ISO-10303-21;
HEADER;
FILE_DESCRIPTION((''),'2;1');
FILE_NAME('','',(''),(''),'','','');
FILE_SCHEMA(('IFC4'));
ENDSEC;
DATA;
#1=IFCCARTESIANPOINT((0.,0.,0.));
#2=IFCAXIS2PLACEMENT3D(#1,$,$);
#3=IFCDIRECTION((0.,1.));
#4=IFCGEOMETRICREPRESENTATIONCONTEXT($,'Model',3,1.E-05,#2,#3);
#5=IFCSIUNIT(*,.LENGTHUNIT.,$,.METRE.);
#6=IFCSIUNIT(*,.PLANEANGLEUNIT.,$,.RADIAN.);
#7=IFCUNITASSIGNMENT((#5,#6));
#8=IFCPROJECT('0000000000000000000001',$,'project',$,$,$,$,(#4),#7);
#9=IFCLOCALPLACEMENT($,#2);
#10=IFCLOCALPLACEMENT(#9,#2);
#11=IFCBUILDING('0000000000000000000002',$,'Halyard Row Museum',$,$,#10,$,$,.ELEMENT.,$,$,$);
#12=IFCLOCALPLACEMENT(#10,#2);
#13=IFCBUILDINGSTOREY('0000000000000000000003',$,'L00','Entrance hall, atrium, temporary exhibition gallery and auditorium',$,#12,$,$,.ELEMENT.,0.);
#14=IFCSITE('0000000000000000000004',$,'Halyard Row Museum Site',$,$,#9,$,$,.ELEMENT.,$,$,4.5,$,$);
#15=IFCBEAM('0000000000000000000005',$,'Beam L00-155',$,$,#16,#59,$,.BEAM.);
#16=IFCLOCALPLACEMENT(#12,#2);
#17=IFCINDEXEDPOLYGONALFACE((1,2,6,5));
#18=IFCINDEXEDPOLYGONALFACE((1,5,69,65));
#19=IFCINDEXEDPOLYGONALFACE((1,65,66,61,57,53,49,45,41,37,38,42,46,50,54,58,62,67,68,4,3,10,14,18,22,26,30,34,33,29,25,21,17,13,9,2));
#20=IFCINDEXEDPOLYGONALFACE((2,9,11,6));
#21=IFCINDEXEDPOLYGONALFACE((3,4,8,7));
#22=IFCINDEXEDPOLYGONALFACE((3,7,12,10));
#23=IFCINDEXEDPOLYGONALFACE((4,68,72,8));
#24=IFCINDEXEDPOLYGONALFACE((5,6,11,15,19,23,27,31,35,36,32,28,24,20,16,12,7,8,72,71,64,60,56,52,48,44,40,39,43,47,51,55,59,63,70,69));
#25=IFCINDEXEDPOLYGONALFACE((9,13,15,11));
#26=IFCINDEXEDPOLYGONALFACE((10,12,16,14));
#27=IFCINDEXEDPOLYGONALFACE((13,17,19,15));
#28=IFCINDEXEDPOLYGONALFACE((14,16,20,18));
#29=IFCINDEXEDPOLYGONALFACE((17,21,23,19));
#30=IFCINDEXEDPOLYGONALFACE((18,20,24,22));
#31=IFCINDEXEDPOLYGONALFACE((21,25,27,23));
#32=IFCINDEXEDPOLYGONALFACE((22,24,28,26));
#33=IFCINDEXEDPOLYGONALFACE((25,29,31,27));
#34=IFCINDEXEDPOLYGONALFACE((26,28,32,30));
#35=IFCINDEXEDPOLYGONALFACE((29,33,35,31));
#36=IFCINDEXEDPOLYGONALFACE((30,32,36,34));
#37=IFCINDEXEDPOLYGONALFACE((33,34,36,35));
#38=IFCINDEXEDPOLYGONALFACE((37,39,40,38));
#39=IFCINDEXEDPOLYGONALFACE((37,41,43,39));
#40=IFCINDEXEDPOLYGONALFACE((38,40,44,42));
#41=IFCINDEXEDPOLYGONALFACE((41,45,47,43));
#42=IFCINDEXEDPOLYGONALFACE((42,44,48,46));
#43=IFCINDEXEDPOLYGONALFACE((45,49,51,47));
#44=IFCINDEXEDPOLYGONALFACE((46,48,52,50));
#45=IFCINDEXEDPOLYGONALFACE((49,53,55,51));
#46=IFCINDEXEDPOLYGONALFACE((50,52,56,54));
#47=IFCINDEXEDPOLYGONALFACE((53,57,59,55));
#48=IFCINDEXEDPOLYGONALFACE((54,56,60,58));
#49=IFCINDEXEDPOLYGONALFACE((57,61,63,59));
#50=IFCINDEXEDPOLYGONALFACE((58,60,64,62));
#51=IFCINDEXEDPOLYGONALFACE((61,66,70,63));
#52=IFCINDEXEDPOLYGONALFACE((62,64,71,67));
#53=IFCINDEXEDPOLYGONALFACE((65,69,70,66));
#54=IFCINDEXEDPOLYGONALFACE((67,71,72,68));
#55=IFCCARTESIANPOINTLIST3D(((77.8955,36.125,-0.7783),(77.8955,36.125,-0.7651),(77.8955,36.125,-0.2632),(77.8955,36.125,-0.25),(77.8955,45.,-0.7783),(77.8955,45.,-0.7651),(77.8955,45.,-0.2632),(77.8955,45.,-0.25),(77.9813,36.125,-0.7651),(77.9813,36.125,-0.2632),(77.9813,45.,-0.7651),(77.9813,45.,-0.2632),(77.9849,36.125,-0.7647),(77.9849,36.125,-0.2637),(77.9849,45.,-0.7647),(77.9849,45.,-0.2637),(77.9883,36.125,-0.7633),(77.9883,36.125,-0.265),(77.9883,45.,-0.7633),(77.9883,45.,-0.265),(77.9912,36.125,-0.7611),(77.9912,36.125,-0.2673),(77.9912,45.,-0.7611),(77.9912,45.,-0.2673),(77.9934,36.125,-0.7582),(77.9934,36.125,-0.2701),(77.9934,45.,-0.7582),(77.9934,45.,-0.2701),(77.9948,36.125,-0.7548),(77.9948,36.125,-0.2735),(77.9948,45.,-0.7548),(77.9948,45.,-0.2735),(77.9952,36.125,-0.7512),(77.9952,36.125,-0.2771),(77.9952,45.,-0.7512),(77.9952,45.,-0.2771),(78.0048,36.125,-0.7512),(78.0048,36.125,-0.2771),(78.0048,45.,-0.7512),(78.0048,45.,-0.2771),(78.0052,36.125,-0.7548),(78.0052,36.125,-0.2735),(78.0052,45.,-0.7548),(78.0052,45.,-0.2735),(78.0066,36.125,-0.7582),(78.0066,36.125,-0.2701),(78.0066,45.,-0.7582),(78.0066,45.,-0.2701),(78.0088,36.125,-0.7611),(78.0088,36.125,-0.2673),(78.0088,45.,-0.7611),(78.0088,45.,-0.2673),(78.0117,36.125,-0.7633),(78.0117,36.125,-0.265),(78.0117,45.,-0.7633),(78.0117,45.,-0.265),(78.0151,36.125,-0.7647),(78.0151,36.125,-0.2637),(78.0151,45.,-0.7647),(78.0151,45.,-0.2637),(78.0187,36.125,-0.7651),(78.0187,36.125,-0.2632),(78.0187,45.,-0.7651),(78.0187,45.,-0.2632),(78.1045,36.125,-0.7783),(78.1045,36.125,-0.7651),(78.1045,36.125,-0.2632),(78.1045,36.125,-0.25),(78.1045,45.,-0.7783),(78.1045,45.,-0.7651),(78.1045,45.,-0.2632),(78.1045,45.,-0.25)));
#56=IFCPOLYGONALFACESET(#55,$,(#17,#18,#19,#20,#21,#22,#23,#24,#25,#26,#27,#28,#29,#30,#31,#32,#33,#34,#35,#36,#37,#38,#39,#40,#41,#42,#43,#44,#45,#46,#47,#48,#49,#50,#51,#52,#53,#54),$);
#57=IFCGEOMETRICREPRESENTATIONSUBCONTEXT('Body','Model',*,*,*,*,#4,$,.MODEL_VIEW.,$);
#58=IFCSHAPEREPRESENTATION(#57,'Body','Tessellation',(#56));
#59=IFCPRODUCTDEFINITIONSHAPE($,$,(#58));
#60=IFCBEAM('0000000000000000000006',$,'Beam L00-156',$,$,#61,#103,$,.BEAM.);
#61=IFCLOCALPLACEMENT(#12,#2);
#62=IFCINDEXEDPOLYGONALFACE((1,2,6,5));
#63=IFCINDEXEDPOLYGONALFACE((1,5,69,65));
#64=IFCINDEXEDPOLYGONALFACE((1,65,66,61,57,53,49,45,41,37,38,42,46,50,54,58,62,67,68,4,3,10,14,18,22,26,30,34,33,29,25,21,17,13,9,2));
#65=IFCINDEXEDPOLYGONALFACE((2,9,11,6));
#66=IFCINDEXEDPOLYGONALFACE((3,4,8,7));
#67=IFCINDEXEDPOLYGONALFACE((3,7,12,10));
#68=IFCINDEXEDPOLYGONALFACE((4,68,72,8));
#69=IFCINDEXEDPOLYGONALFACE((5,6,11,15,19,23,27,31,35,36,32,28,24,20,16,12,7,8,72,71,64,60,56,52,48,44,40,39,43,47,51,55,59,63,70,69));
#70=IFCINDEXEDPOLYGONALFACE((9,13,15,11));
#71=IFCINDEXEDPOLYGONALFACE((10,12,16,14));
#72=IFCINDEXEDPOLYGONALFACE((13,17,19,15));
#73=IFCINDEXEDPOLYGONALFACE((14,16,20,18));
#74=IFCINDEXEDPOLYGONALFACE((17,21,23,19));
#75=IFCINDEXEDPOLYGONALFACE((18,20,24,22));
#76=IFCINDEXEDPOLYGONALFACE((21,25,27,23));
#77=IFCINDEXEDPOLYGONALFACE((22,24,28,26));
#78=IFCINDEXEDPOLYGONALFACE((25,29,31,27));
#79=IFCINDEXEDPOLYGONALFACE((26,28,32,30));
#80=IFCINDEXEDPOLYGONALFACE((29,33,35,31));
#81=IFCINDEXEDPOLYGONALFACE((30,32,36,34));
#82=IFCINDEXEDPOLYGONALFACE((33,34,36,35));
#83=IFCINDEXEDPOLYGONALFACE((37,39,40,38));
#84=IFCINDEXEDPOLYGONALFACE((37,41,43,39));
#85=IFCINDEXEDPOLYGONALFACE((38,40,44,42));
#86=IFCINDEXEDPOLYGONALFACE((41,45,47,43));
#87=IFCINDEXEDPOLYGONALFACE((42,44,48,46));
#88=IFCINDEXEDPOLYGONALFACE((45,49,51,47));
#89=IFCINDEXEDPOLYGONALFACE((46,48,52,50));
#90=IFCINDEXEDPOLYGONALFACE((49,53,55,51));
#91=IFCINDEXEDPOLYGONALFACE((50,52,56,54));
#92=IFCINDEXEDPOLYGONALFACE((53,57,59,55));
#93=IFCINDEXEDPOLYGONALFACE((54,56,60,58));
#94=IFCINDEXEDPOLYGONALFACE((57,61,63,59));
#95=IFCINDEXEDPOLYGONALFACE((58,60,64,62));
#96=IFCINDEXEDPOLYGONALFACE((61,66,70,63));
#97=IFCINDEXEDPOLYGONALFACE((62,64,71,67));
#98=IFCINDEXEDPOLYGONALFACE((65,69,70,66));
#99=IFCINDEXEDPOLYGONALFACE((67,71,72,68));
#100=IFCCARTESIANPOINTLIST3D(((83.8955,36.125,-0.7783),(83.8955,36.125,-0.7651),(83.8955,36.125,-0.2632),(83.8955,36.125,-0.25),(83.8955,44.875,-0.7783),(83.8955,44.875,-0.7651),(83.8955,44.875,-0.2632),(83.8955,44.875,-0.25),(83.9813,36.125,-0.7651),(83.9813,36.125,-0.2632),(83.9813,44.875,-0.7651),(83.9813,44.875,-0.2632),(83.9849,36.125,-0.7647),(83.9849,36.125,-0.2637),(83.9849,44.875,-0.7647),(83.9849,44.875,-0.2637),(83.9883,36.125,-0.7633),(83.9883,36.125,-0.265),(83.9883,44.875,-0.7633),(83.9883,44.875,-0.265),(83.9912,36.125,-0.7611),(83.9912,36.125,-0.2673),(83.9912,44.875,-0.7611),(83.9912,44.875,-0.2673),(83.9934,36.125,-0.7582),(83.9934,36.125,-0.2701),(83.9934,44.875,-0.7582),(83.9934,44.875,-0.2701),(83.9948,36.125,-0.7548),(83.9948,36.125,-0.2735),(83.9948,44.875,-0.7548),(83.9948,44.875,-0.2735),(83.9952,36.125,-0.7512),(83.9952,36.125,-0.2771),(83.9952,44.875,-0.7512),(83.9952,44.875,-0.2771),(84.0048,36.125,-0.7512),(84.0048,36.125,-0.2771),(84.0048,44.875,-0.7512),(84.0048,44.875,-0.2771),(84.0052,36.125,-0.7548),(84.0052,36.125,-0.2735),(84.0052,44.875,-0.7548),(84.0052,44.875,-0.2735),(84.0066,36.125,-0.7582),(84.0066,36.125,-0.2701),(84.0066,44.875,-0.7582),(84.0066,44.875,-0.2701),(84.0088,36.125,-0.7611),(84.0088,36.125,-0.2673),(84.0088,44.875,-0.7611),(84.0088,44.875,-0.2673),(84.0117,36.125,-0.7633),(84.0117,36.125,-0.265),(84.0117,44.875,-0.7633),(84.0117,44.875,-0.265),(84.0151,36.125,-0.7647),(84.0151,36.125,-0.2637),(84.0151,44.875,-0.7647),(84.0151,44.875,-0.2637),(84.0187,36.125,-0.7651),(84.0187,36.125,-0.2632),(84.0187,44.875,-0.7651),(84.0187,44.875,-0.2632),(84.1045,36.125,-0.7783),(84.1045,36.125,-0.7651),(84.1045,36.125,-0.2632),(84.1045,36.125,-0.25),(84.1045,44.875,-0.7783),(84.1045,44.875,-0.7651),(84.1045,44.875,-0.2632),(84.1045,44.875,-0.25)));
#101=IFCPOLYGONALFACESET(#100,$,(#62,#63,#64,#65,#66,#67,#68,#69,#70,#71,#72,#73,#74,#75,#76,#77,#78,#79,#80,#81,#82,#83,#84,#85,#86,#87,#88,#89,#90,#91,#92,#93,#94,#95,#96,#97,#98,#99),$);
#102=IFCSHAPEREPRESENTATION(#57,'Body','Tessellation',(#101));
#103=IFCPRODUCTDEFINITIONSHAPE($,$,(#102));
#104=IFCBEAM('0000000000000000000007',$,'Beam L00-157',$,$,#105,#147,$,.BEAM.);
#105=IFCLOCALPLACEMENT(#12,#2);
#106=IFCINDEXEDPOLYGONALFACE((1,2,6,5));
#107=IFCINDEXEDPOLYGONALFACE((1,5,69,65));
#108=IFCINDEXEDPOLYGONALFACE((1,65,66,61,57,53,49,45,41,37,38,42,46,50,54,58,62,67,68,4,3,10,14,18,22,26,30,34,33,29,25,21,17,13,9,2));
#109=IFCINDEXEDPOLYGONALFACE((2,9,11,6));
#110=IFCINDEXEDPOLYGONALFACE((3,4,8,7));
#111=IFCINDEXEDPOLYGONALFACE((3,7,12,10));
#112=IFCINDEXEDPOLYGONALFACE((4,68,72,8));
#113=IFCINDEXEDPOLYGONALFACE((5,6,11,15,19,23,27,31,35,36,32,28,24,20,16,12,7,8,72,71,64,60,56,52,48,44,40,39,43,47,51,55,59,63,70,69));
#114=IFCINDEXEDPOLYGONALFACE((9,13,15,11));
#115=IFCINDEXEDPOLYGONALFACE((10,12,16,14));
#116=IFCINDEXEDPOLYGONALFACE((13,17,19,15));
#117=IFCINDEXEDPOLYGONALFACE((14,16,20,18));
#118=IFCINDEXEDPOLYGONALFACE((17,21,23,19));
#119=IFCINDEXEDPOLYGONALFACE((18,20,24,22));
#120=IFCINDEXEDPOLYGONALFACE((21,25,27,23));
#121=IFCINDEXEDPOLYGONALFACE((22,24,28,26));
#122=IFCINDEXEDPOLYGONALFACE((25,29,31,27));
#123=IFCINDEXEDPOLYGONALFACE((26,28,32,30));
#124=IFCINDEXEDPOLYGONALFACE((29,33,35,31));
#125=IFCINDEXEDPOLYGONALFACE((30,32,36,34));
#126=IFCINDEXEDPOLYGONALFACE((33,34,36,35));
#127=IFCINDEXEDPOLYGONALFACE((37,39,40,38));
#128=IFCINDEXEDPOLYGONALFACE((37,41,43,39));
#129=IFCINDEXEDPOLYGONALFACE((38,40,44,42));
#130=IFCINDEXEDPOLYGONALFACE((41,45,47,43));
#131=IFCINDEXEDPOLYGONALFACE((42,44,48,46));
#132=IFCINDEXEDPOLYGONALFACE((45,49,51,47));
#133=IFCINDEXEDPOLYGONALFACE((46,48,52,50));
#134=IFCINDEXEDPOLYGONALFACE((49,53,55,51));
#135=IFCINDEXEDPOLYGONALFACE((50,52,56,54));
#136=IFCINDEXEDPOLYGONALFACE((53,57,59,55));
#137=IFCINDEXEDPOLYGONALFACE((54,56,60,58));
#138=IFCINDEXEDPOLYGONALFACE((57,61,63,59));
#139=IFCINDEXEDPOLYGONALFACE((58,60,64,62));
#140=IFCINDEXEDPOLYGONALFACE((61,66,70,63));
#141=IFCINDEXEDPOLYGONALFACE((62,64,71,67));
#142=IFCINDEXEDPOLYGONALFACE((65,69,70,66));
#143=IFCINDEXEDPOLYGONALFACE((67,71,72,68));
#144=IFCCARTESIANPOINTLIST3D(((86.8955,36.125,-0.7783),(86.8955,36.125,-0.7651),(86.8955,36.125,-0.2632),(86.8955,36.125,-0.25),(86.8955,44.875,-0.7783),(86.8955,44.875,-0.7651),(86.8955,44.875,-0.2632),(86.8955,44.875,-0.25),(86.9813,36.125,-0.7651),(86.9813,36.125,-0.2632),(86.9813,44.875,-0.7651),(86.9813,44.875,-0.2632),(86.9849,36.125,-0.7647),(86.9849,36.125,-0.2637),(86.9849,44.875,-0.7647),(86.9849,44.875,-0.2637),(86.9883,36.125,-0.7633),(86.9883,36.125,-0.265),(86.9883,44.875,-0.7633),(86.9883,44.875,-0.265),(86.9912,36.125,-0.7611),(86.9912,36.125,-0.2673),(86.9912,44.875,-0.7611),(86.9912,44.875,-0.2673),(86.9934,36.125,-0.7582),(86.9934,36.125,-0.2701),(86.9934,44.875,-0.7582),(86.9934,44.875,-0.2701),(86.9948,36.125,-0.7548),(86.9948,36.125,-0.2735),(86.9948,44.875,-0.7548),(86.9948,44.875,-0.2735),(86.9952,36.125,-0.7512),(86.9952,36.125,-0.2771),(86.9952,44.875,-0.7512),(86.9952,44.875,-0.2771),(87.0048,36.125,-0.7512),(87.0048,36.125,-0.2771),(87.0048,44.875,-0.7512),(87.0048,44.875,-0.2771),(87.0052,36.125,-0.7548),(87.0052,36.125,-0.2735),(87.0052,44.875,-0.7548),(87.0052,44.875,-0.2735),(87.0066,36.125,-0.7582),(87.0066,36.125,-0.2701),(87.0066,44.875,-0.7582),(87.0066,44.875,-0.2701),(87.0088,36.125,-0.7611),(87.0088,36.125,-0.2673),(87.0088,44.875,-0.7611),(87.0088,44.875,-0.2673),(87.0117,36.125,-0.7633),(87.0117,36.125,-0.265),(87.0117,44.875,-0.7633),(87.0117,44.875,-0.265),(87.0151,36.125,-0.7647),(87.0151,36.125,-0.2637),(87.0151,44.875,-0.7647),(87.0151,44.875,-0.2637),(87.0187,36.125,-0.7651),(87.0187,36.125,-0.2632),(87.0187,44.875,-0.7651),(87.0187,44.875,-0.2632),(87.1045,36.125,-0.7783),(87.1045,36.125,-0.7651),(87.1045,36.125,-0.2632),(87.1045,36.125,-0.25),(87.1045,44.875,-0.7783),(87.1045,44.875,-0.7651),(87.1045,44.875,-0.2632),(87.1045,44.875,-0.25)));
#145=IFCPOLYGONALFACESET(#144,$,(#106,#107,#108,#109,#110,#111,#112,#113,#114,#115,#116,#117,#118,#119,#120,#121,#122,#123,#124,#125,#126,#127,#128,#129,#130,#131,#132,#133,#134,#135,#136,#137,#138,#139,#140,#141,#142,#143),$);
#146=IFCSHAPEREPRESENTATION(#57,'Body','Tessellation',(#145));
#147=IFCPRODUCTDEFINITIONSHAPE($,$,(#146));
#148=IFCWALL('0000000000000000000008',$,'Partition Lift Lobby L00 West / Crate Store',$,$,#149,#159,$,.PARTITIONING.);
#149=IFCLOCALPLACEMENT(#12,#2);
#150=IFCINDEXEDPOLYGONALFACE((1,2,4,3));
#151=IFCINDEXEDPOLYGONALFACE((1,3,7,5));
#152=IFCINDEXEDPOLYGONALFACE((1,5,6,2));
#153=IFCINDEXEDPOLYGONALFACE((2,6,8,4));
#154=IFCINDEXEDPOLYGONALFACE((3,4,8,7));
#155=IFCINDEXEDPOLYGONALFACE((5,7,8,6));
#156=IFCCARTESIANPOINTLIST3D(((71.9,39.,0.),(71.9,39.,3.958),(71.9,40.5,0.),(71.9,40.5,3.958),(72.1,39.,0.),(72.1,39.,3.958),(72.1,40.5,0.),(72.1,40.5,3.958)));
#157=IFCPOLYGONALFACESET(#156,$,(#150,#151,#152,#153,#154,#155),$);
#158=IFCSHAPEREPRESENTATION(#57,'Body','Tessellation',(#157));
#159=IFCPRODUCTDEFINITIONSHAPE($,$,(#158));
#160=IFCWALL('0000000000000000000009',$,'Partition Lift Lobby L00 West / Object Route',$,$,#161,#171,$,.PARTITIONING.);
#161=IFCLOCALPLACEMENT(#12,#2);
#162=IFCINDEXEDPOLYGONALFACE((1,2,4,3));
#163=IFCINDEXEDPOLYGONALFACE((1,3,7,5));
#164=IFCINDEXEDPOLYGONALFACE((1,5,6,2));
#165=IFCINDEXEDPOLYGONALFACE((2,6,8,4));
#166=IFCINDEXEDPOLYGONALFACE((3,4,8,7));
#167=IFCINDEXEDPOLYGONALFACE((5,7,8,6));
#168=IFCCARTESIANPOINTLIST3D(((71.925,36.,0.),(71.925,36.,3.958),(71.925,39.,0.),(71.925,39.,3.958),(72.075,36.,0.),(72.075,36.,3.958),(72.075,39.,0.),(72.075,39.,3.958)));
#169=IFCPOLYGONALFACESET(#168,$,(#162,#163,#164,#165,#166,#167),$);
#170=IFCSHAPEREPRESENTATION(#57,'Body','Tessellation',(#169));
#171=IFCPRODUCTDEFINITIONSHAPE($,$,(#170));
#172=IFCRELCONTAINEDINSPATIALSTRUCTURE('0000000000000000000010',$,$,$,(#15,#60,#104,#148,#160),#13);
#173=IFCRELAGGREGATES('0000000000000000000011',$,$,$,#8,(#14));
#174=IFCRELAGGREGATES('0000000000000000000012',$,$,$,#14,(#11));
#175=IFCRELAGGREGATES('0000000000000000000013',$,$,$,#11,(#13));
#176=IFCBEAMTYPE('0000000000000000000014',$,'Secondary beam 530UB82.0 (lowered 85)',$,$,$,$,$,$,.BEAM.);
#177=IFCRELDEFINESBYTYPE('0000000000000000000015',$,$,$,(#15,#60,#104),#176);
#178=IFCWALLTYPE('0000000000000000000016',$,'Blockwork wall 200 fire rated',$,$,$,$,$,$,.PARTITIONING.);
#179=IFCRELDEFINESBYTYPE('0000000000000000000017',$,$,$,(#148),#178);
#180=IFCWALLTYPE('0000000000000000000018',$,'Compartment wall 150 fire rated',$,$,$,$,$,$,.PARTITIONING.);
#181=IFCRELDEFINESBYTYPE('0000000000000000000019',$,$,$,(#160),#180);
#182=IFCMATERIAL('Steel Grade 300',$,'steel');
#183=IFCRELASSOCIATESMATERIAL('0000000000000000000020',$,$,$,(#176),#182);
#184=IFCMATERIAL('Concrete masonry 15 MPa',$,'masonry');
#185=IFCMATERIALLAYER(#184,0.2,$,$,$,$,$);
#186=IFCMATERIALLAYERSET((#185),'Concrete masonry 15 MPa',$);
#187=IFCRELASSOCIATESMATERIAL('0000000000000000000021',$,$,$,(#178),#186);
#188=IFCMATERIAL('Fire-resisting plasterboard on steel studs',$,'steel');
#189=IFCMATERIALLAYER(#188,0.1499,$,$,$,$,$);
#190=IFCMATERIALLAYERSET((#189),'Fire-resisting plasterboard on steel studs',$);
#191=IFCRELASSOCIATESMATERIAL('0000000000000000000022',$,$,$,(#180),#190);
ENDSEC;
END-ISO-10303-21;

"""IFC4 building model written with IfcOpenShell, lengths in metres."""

from ifc_helpers import new_model, si_unit, direction, frame, frame_2d, origin, origin_2d, place, context, subcontext, project, spatial, rectangle, i_section, extrude, material, layer, layer_set, material_profile, profile_set, type_object, element, save


model = new_model("IFC4")

# Units and contexts
model_context = context("Model", 3, precision=1e-05, world=origin(), true_north=direction((0.0, 1.0)))
body_context = subcontext(model_context, "Body", "Model", "MODEL_VIEW")
ifc_project = project(units=[si_unit("LENGTHUNIT", "METRE"), si_unit("PLANEANGLEUNIT", "RADIAN")], contexts=[model_context])

# Site, building, storey
site_placement = place(None, origin())
site = spatial("IfcSite", under=ifc_project, at=site_placement, Name="Halyard Row Museum Site", CompositionType="ELEMENT", RefElevation=4.5)
building_placement = place(site_placement, origin())
building = spatial("IfcBuilding", under=site, at=building_placement, Name="Halyard Row Museum", CompositionType="ELEMENT")
storey_placement = place(building_placement, origin())
storey = spatial("IfcBuildingStorey", under=building, at=storey_placement, Name="L00", Description="Entrance hall, atrium, temporary exhibition gallery and auditorium", CompositionType="ELEMENT", Elevation=0.0)

# Beams
ifc_material_1 = material(Name="Steel Grade 300", Category="steel")
ifc_material_profile_1 = material_profile(ifc_material_1, i_section(OverallWidth=0.209, OverallDepth=0.5283, WebThickness=0.0095, FlangeThickness=0.0132, FilletRadius=0.0139, at=origin_2d()), Name="530UB82.0")
ifc_profile_set_1 = profile_set([ifc_material_profile_1], Name="Steel Grade 300")
beam_type_1 = type_object("IfcBeamType", Name="Secondary beam 530UB82.0 (lowered 85)", PredefinedType="BEAM", material=ifc_profile_set_1)
beam_1_placement = place(storey_placement, frame((78.0, 36.125, -0.5142), z_axis=(0.0, 1.0, 0.0), x_axis=(-1.0, 0.0, 0.0)))
element("IfcBeam", 1, at=beam_1_placement, inside=storey, type_object=beam_type_1, Name="Beam L00-155", PredefinedType="BEAM", context=body_context, shape_type="SweptSolid", body=[
    extrude(i_section(OverallWidth=0.209, OverallDepth=0.5283, WebThickness=0.0095, FlangeThickness=0.0132, FilletRadius=0.0139, at=origin_2d()), origin(), (0.0, 0.0, 1.0), 8.875),
])
for number, where, z_axis, x_axis, name in (
    (2, (84.0, 36.125, -0.5142), (0.0, 1.0, 0.0), (-1.0, 0.0, 0.0), "Beam L00-156"),
    (3, (87.0, 36.125, -0.5142), (0.0, 1.0, 0.0), (-1.0, 0.0, 0.0), "Beam L00-157"),
):
    element("IfcBeam", number, at=place(storey_placement, frame(where, z_axis=z_axis, x_axis=x_axis)), inside=storey, type_object=beam_type_1, Name=name, PredefinedType="BEAM", context=body_context, shape_type="SweptSolid", body=[
        extrude(i_section(OverallWidth=0.209, OverallDepth=0.5283, WebThickness=0.0095, FlangeThickness=0.0132, FilletRadius=0.0139, at=origin_2d()), origin(), (0.0, 0.0, 1.0), 8.75),
    ])

# Walls
ifc_material_2 = material(Name="Concrete masonry 15 MPa", Category="masonry")
ifc_layer_1 = layer(ifc_material_2, 0.2)
ifc_layer_set_1 = layer_set([ifc_layer_1], Name="Concrete masonry 15 MPa")
wall_type_1 = type_object("IfcWallType", Name="Blockwork wall 200 fire rated", PredefinedType="PARTITIONING", material=ifc_layer_set_1)
wall_1_placement = place(storey_placement, frame((72.0, 39.0, 0.0), z_axis=(0.0, 0.0, 1.0), x_axis=(0.0, 1.0, 0.0)))
element("IfcWall", 4, at=wall_1_placement, inside=storey, type_object=wall_type_1, Name="Partition Lift Lobby L00 West / Crate Store", PredefinedType="PARTITIONING", context=body_context, shape_type="SweptSolid", body=[
    extrude(rectangle(XDim=1.5, YDim=0.2, at=frame_2d((0.75, 0.0))), origin(), (0.0, 0.0, 1.0), 3.958),
])
ifc_material_3 = material(Name="Fire-resisting plasterboard on steel studs", Category="steel")
ifc_layer_2 = layer(ifc_material_3, 0.1499)
ifc_layer_set_2 = layer_set([ifc_layer_2], Name="Fire-resisting plasterboard on steel studs")
wall_type_2 = type_object("IfcWallType", Name="Compartment wall 150 fire rated", PredefinedType="PARTITIONING", material=ifc_layer_set_2)
wall_2_placement = place(storey_placement, frame((72.0, 36.0, 0.0), z_axis=(0.0, 0.0, 1.0), x_axis=(0.0, 1.0, 0.0)))
element("IfcWall", 5, at=wall_2_placement, inside=storey, type_object=wall_type_2, Name="Partition Lift Lobby L00 West / Object Route", PredefinedType="PARTITIONING", context=body_context, shape_type="SweptSolid", body=[
    extrude(rectangle(XDim=3.0, YDim=0.1499, at=frame_2d((1.5, 0.0))), origin(), (0.0, 0.0, 1.0), 3.958),
])

save(model, "model.ifc")
